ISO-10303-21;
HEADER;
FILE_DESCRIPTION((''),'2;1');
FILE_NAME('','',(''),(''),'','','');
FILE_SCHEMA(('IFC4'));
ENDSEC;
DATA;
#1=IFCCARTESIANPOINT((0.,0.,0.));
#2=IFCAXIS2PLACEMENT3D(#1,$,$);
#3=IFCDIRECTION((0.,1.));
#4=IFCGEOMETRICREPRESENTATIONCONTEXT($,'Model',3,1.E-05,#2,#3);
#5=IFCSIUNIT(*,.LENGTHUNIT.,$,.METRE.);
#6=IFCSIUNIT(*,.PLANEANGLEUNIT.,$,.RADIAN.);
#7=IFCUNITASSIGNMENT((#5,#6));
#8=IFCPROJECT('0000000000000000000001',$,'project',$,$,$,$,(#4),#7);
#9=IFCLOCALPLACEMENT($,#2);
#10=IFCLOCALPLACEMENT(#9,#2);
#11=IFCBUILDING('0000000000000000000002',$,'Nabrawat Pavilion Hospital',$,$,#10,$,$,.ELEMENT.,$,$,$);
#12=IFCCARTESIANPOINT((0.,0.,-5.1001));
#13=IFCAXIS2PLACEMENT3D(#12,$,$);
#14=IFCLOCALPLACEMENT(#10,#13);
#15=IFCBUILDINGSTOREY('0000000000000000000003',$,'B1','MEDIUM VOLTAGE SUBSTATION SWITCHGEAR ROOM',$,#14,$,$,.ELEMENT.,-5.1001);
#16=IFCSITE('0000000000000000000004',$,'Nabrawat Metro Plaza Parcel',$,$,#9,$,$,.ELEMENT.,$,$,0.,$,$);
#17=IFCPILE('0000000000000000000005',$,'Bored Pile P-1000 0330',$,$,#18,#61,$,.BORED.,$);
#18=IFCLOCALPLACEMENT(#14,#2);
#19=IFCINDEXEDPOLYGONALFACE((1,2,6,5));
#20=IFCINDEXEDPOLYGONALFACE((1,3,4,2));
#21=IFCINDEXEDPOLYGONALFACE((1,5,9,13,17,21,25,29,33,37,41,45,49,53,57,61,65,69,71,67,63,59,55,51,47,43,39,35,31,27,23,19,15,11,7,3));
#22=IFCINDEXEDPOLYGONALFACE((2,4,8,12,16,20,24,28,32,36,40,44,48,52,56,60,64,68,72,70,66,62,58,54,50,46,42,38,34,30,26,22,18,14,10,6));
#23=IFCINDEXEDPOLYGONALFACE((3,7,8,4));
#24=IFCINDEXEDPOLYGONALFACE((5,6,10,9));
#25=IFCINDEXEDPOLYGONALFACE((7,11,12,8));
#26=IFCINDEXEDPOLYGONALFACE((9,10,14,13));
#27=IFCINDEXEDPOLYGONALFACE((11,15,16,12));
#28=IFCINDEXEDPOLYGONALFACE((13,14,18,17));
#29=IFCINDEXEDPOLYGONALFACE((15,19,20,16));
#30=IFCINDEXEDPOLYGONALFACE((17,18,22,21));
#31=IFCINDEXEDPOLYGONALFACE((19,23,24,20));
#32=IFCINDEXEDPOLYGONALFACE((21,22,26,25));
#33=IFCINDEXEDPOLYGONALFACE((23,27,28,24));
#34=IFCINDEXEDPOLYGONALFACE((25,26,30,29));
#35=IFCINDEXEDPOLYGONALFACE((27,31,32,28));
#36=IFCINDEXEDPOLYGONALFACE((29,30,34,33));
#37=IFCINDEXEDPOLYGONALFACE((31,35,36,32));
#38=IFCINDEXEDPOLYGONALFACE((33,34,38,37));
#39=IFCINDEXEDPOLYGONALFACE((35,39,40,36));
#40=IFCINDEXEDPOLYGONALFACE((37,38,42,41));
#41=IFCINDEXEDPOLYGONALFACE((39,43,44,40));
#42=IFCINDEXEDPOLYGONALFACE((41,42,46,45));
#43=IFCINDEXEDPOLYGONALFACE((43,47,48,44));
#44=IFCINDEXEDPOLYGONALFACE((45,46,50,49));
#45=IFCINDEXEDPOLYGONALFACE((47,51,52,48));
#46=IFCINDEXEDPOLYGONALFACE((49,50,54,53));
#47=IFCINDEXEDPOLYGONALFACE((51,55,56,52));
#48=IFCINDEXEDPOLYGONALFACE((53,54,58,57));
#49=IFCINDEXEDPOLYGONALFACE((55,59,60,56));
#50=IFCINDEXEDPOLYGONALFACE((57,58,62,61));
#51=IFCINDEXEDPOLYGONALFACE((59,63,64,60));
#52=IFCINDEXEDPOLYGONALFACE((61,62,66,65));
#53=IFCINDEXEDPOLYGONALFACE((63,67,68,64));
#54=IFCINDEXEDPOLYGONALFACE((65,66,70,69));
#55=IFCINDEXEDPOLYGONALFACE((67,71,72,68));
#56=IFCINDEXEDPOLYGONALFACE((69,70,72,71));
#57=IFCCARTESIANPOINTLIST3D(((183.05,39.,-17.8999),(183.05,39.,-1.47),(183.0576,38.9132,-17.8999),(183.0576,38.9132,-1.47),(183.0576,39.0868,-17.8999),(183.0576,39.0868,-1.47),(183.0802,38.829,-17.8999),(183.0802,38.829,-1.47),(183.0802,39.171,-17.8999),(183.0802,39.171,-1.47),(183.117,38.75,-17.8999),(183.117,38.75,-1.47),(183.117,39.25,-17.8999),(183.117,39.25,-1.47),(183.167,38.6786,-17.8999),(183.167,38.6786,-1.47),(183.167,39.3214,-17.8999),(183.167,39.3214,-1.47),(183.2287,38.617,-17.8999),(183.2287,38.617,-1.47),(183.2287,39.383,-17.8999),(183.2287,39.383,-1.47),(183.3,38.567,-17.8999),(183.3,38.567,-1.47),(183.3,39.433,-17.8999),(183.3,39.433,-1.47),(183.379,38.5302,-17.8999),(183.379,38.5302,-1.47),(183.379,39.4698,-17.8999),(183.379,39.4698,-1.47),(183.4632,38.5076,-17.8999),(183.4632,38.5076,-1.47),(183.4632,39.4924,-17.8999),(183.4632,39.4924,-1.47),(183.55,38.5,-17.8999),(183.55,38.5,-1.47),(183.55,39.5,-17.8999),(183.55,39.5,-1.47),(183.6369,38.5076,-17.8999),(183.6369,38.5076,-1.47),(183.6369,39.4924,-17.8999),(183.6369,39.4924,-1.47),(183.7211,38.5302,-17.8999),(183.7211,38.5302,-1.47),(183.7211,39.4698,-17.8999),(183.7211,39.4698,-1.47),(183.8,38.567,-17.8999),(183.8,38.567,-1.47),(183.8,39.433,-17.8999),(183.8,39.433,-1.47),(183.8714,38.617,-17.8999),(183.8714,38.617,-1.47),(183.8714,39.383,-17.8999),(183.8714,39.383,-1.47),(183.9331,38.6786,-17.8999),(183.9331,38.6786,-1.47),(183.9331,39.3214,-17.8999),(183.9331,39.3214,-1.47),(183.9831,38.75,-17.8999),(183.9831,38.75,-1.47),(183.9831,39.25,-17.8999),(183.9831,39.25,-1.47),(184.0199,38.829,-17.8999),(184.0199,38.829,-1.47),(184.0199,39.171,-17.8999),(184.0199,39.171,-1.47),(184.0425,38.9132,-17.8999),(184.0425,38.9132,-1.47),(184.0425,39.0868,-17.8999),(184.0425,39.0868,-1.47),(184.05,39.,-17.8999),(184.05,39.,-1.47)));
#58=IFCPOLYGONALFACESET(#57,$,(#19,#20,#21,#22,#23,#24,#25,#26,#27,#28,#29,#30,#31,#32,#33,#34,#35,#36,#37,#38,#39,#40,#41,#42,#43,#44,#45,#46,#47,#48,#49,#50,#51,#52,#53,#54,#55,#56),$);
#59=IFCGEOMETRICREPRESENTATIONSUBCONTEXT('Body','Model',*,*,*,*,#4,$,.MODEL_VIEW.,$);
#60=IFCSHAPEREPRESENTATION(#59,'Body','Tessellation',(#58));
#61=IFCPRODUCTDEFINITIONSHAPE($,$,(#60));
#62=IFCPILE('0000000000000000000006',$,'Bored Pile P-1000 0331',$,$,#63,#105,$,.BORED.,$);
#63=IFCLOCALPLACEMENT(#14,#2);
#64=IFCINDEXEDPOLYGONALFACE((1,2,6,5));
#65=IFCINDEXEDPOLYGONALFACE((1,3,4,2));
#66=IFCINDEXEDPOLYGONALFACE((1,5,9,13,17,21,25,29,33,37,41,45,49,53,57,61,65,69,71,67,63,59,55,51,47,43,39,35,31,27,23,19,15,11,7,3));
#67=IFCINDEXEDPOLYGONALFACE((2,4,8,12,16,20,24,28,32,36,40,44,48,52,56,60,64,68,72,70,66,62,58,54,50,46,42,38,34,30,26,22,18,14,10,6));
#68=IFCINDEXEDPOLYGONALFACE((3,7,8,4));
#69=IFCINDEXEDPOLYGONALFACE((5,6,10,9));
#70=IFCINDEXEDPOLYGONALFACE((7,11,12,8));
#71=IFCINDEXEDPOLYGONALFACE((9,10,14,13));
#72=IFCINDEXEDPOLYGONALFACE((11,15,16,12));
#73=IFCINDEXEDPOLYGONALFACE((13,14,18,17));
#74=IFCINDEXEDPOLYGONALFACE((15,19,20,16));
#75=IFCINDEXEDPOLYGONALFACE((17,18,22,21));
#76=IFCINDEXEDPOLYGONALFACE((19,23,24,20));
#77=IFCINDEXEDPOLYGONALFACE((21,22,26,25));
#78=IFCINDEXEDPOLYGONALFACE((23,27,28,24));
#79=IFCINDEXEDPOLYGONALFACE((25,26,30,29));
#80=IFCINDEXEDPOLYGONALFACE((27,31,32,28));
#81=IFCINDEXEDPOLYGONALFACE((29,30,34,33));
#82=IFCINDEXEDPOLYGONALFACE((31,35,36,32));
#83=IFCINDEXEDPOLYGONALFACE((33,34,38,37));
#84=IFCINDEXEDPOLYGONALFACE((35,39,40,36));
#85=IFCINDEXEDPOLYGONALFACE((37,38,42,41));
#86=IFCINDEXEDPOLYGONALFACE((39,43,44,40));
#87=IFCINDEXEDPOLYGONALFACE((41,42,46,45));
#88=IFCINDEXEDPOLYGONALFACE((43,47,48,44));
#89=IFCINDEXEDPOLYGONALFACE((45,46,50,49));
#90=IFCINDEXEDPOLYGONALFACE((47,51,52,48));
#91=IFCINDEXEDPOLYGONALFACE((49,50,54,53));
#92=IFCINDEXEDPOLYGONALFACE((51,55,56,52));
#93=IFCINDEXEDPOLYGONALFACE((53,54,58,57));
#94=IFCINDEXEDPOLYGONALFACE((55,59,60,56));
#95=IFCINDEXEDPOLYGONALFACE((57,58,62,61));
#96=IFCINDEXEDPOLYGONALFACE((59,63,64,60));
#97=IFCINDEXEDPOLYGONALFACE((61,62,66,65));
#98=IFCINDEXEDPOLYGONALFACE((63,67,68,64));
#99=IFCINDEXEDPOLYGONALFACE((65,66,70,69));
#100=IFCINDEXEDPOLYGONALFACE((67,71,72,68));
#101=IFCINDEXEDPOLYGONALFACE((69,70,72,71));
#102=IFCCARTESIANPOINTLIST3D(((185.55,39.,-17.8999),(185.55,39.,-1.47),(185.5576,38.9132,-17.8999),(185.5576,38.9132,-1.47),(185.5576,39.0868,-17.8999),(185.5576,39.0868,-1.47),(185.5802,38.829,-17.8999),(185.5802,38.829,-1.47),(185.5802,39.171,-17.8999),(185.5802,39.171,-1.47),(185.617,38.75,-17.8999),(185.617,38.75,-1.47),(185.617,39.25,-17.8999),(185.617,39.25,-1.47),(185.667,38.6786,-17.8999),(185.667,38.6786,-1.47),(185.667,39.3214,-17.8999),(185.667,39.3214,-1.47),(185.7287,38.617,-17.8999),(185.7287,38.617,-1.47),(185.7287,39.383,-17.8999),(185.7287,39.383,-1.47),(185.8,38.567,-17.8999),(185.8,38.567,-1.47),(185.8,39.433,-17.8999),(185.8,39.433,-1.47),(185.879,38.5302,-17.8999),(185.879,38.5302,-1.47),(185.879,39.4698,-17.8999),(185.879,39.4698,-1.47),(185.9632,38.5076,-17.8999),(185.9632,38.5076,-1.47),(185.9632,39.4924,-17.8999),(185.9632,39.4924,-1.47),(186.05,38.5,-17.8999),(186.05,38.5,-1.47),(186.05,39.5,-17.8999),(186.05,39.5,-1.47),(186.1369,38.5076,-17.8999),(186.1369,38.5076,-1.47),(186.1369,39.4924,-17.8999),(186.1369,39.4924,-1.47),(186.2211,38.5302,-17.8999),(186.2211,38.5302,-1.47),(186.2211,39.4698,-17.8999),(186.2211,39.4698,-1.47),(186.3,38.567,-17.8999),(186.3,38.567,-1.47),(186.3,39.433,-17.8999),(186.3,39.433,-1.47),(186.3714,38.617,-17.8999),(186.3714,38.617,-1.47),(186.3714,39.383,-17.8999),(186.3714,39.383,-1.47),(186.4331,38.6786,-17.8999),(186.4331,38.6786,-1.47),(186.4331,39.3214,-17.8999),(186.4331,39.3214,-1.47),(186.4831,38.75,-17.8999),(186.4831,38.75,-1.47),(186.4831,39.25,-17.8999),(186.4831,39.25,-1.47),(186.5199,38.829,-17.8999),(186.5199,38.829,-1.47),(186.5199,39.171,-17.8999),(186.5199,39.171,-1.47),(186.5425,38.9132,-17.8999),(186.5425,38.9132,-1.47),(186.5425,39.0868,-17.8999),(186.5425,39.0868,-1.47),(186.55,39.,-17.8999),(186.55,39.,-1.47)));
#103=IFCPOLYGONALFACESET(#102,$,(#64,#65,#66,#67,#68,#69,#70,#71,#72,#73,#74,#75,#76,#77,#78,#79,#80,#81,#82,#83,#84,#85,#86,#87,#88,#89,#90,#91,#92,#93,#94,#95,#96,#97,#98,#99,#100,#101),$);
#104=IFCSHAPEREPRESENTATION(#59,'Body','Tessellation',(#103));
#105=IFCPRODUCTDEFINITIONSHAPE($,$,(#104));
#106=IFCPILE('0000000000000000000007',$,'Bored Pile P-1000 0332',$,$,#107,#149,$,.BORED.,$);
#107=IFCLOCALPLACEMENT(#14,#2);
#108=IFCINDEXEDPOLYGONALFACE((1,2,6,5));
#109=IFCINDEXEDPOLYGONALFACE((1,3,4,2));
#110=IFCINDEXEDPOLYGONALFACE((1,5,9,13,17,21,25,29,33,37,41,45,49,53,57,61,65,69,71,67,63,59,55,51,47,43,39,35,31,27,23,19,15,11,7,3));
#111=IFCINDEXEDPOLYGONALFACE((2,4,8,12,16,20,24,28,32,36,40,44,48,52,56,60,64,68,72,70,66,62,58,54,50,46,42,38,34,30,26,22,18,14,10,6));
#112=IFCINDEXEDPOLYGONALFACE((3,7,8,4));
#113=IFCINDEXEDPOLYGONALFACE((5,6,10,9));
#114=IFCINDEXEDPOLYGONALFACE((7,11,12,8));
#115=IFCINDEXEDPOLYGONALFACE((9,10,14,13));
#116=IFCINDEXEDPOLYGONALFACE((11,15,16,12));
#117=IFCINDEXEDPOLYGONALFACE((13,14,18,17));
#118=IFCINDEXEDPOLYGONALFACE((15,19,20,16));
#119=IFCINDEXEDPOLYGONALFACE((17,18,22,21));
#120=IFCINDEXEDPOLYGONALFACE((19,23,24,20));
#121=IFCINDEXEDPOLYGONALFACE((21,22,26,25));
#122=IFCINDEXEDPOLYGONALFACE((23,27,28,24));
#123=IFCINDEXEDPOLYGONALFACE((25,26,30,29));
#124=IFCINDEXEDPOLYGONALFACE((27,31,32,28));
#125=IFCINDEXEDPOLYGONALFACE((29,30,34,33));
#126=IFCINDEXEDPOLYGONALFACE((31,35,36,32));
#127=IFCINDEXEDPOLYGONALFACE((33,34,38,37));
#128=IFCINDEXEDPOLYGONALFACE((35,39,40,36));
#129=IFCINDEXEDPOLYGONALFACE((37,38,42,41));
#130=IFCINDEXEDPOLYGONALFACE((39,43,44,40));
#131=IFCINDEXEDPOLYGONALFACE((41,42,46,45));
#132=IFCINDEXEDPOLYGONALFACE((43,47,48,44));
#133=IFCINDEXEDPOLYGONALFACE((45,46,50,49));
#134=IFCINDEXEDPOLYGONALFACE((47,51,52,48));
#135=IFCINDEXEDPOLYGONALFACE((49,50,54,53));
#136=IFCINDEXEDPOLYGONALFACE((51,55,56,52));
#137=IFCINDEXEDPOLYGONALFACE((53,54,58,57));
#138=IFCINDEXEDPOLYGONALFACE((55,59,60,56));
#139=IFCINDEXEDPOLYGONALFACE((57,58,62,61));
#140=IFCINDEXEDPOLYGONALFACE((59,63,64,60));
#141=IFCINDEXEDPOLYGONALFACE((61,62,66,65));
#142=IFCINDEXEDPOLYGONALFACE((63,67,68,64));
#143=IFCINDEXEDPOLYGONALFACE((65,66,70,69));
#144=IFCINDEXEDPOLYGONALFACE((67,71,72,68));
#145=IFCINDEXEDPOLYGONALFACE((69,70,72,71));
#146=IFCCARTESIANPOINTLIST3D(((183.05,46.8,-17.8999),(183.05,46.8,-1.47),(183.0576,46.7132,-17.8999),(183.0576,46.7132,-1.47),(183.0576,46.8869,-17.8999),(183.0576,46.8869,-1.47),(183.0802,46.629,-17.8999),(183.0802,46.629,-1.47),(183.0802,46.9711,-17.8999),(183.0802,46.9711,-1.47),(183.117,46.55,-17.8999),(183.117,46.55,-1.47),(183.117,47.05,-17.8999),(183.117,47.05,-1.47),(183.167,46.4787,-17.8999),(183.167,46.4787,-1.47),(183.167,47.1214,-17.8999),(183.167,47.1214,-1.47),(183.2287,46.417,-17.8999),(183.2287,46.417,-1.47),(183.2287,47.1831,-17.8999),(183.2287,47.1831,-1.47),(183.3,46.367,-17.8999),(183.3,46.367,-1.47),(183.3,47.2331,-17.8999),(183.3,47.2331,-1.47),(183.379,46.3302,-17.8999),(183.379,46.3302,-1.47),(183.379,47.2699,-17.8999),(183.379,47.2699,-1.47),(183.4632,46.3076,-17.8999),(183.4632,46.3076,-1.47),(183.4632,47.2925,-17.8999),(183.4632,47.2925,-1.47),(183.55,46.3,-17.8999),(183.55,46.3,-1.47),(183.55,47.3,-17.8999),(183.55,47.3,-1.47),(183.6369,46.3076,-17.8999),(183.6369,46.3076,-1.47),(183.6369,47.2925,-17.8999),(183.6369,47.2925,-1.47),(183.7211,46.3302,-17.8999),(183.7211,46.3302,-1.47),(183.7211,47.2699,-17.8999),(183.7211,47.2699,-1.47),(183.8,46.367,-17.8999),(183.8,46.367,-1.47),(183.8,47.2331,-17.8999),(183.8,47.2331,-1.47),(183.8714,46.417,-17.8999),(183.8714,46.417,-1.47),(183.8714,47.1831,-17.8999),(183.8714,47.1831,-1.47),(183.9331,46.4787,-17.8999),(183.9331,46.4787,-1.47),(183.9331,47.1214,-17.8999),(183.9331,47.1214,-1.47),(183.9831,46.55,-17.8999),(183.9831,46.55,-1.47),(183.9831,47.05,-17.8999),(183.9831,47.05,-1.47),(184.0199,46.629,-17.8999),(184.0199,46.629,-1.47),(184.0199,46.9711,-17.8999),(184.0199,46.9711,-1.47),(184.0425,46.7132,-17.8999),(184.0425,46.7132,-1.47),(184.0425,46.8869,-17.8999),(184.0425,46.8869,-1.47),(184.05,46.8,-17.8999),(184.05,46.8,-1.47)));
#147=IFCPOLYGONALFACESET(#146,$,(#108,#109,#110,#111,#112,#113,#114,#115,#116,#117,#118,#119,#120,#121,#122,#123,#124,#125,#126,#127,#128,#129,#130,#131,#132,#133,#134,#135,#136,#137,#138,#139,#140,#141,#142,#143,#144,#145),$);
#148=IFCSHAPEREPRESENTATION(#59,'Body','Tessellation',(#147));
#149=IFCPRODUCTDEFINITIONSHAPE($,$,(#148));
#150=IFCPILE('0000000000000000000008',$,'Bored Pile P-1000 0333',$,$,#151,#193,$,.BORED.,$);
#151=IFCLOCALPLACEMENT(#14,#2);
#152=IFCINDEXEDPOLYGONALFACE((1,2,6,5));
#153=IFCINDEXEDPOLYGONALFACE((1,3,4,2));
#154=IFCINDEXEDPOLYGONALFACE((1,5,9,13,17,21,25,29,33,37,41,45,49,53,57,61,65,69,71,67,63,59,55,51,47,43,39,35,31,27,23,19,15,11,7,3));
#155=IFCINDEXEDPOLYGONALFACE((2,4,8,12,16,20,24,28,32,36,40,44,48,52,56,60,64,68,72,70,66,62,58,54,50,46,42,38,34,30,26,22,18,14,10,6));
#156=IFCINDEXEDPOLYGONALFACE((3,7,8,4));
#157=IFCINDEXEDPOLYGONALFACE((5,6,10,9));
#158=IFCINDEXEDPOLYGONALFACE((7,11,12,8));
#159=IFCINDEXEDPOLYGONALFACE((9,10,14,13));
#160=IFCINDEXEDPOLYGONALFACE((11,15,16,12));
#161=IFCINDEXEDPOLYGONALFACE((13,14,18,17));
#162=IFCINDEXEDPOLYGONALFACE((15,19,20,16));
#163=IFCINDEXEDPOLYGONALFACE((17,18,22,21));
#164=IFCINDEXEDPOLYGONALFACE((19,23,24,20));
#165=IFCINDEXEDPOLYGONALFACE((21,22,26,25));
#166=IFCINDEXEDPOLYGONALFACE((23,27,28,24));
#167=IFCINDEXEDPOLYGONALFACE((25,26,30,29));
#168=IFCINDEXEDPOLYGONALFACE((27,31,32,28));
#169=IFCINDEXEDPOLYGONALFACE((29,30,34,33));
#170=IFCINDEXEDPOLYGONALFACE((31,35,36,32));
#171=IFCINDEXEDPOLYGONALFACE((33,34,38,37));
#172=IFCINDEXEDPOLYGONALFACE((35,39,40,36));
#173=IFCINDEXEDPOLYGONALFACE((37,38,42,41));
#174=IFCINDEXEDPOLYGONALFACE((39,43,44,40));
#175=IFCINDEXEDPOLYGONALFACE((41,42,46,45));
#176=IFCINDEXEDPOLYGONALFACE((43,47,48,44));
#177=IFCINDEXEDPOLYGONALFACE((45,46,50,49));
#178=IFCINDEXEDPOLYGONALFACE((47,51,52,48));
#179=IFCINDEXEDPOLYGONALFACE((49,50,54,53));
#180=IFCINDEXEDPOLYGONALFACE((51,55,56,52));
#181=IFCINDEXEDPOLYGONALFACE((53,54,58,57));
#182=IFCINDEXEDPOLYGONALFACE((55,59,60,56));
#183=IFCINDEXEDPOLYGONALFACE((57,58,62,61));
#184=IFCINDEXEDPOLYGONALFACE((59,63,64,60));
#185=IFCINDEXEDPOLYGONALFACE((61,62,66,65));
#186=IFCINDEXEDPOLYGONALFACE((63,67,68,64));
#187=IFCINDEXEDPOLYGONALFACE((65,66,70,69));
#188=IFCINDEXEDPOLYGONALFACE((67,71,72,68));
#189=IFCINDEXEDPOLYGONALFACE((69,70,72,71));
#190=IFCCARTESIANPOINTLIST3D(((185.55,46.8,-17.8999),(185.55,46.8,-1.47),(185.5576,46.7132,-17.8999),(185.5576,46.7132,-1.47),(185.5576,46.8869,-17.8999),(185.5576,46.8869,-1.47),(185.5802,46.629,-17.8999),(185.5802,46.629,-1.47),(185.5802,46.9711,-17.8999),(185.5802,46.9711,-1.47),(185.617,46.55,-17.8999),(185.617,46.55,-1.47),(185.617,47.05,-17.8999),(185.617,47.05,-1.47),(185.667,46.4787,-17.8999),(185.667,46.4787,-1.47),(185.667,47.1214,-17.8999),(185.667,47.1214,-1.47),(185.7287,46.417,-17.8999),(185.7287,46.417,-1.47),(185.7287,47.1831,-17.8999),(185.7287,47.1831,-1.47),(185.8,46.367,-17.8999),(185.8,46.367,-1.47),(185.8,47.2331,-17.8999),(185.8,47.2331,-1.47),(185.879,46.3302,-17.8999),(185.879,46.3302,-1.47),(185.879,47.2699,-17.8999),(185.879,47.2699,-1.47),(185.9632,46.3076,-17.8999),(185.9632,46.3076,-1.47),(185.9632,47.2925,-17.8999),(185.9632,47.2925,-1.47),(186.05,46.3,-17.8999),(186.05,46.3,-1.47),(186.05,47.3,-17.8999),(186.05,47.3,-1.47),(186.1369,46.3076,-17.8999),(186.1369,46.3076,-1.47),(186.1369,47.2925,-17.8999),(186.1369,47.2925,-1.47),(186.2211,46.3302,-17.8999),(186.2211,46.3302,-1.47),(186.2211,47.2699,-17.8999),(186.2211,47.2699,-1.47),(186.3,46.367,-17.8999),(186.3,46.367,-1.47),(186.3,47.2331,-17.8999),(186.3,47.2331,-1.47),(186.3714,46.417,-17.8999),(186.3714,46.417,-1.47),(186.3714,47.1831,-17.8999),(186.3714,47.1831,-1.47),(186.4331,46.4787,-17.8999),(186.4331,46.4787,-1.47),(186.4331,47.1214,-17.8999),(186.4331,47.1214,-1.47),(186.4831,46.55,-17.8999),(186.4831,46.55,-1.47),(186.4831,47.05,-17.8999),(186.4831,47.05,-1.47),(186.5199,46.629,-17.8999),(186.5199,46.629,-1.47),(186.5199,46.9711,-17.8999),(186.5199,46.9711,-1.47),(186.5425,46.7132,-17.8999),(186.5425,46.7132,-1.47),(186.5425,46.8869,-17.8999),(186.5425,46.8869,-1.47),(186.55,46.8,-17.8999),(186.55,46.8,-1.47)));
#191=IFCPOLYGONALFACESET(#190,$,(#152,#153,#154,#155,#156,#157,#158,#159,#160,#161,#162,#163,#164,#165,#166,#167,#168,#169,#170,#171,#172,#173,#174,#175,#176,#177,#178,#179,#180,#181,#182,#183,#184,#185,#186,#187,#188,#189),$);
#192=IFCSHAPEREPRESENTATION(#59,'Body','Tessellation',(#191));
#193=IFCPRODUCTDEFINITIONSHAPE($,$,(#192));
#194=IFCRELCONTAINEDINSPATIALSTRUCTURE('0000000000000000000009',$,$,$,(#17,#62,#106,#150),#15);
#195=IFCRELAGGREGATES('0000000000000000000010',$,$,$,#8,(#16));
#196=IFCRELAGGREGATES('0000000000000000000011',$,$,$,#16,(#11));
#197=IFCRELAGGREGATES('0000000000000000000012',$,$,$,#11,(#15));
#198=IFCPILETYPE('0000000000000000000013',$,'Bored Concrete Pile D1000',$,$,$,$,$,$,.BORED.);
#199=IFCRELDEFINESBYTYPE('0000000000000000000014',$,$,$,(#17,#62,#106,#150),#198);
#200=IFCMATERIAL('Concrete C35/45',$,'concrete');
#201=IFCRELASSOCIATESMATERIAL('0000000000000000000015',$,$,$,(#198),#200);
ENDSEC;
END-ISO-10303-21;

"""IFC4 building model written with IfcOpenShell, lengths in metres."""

from ifc_helpers import new_model, si_unit, direction, frame, origin, origin_2d, place, context, subcontext, project, spatial, circle, extrude, material, material_profile, profile_set, type_object, element, save


model = new_model("IFC4")

# Units and contexts
model_context = context("Model", 3, precision=1e-05, world=origin(), true_north=direction((0.0, 1.0)))
body_context = subcontext(model_context, "Body", "Model", "MODEL_VIEW")
ifc_project = project(units=[si_unit("LENGTHUNIT", "METRE"), si_unit("PLANEANGLEUNIT", "RADIAN")], contexts=[model_context])

# Site, building, storey
site_placement = place(None, origin())
site = spatial("IfcSite", under=ifc_project, at=site_placement, Name="Nabrawat Metro Plaza Parcel", CompositionType="ELEMENT", RefElevation=0.0)
building_placement = place(site_placement, origin())
building = spatial("IfcBuilding", under=site, at=building_placement, Name="Nabrawat Pavilion Hospital", CompositionType="ELEMENT")
storey_placement = place(building_placement, frame((0.0, 0.0, -5.1001)))
storey = spatial("IfcBuildingStorey", under=building, at=storey_placement, Name="B1", Description="MEDIUM VOLTAGE SUBSTATION SWITCHGEAR ROOM", CompositionType="ELEMENT", Elevation=-5.1001)

# Piles
ifc_material_1 = material(Name="Concrete C35/45", Category="concrete")
ifc_material_profile_1 = material_profile(ifc_material_1, circle(Radius=0.5, at=origin_2d()), Name="DIA 1000")
ifc_profile_set_1 = profile_set([ifc_material_profile_1], Name="Concrete C35/45")
pile_type_1 = type_object("IfcPileType", Name="Bored Concrete Pile D1000", PredefinedType="BORED", material=ifc_profile_set_1)
for number, where, z_axis, x_axis, name in (
    (1, (183.55, 39.0, -1.47), (0.0, 0.0, -1.0), (1.0, 0.0, 0.0), "Bored Pile P-1000 0330"),
    (2, (186.05, 39.0, -1.47), (0.0, 0.0, -1.0), (1.0, 0.0, 0.0), "Bored Pile P-1000 0331"),
    (3, (183.55, 46.8, -1.47), (0.0, 0.0, -1.0), (1.0, 0.0, 0.0), "Bored Pile P-1000 0332"),
    (4, (186.05, 46.8, -1.47), (0.0, 0.0, -1.0), (1.0, 0.0, 0.0), "Bored Pile P-1000 0333"),
):
    element("IfcPile", number, at=place(storey_placement, frame(where, z_axis=z_axis, x_axis=x_axis)), inside=storey, type_object=pile_type_1, Name=name, PredefinedType="BORED", context=body_context, shape_type="SweptSolid", body=[
        extrude(circle(Radius=0.5, at=origin_2d()), origin(), (0.0, 0.0, 1.0), 16.4299),
    ])

save(model, "model.ifc")
